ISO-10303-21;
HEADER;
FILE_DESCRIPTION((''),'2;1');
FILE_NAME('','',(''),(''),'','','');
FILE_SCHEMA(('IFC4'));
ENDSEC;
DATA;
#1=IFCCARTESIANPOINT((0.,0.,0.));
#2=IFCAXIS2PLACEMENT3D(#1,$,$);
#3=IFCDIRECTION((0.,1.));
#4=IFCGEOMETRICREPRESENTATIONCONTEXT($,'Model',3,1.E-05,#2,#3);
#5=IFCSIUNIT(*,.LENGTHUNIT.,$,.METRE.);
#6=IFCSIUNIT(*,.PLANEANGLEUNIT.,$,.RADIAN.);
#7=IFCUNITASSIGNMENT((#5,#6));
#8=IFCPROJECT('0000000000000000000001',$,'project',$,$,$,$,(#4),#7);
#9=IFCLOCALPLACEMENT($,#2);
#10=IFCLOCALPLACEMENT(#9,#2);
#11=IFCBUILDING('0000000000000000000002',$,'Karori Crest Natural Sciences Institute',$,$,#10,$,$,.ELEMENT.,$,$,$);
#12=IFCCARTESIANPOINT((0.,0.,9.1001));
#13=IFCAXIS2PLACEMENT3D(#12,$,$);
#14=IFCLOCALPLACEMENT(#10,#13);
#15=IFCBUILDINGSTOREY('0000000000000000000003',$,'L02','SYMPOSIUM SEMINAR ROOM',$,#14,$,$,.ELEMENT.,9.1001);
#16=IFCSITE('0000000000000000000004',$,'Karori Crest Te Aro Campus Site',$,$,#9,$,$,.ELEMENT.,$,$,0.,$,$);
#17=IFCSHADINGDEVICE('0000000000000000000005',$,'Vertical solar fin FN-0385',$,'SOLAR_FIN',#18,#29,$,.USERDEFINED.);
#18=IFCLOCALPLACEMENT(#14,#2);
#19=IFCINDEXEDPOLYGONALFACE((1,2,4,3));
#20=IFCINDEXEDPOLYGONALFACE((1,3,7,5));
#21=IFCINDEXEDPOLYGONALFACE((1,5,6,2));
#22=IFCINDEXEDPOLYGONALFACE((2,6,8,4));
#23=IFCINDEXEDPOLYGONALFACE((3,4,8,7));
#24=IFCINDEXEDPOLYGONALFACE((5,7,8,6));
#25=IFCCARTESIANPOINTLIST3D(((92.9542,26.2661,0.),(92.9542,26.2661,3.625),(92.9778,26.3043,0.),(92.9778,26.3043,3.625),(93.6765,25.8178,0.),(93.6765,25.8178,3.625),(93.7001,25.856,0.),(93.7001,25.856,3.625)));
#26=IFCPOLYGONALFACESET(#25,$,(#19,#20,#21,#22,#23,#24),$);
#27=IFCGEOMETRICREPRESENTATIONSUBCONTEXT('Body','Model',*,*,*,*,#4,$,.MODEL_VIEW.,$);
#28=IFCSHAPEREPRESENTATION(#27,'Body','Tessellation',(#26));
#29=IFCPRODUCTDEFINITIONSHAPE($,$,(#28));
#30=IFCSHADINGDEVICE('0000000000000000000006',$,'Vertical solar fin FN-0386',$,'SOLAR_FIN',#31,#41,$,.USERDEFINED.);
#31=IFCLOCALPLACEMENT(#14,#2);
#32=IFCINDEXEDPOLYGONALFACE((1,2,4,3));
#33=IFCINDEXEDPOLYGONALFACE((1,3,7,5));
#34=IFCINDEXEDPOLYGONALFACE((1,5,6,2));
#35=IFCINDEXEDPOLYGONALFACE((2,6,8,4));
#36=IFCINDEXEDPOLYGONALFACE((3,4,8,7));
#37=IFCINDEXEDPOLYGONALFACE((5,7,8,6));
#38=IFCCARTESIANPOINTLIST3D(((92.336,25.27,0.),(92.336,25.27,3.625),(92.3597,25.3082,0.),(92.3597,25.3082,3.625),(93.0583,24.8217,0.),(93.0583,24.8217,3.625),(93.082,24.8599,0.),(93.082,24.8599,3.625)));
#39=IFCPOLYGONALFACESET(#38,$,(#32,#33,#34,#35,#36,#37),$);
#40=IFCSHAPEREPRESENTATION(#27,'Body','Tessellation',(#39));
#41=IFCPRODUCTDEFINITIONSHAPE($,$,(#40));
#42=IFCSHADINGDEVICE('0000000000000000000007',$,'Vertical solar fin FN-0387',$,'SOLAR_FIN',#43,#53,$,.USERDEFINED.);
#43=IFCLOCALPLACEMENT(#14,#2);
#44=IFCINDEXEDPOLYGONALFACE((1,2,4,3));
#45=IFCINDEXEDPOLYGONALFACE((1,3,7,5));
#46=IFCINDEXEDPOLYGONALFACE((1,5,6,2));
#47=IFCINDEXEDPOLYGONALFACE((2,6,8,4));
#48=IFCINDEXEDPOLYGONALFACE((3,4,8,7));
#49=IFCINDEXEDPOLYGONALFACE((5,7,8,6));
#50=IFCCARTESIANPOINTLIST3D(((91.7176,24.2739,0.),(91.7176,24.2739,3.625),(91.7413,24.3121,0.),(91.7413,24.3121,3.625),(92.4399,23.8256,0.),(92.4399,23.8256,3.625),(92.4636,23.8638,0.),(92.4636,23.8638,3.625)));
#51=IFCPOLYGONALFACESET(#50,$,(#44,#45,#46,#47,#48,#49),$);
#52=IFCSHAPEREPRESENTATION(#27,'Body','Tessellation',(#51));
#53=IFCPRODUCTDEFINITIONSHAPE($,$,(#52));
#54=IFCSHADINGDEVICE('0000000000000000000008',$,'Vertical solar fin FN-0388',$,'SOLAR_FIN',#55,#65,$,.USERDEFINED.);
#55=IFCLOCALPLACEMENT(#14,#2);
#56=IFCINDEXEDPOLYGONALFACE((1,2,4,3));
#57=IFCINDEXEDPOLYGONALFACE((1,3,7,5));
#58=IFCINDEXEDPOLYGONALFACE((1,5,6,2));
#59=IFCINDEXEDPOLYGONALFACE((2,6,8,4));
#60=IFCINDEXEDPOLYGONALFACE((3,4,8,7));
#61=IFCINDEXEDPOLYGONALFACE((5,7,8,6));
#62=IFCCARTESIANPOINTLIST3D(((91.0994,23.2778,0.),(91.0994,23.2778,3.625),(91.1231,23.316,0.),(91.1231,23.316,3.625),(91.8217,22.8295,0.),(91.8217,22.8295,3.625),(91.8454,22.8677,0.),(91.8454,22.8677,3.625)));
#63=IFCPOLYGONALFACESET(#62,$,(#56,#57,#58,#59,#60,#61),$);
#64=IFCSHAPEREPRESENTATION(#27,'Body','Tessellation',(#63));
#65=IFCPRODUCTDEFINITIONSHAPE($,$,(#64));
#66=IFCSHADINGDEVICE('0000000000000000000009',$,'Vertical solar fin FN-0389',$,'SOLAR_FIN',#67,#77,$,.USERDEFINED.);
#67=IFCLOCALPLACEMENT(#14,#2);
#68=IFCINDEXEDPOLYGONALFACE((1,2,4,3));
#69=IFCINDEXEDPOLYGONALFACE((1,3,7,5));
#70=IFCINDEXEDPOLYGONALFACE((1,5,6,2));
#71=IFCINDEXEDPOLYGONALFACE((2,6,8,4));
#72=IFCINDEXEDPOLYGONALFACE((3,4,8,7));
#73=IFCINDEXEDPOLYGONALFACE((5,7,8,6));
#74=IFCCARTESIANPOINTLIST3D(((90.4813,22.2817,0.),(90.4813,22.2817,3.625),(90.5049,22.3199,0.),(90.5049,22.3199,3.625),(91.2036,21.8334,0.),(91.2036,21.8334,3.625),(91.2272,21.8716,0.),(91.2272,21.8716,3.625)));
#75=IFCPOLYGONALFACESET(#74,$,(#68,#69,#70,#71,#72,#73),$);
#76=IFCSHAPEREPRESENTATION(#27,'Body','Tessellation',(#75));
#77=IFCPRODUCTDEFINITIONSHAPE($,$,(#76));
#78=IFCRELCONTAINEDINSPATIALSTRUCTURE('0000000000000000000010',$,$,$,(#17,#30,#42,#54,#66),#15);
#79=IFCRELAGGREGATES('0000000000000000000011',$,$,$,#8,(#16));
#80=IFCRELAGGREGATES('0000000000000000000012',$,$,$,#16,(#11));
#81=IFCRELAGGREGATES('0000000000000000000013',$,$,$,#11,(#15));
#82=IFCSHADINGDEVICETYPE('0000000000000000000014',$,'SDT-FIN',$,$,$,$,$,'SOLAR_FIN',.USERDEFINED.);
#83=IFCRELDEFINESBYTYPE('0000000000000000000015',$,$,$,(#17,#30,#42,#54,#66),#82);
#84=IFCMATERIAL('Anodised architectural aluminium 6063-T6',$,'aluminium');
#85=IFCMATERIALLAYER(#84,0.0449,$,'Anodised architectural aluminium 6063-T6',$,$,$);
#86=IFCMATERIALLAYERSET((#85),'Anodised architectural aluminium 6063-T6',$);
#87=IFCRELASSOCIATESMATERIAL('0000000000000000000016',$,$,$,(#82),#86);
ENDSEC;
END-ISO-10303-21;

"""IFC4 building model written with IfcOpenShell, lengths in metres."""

from ifc_helpers import new_model, si_unit, direction, frame, origin, origin_2d, place, context, subcontext, project, spatial, rectangle, extrude, material, layer, layer_set, type_object, element, save


model = new_model("IFC4")

# Units and contexts
model_context = context("Model", 3, precision=1e-05, world=origin(), true_north=direction((0.0, 1.0)))
body_context = subcontext(model_context, "Body", "Model", "MODEL_VIEW")
ifc_project = project(units=[si_unit("LENGTHUNIT", "METRE"), si_unit("PLANEANGLEUNIT", "RADIAN")], contexts=[model_context])

# Site, building, storey
site_placement = place(None, origin())
site = spatial("IfcSite", under=ifc_project, at=site_placement, Name="Karori Crest Te Aro Campus Site", CompositionType="ELEMENT", RefElevation=0.0)
building_placement = place(site_placement, origin())
building = spatial("IfcBuilding", under=site, at=building_placement, Name="Karori Crest Natural Sciences Institute", CompositionType="ELEMENT")
storey_placement = place(building_placement, frame((0.0, 0.0, 9.1001)))
storey = spatial("IfcBuildingStorey", under=building, at=storey_placement, Name="L02", Description="SYMPOSIUM SEMINAR ROOM", CompositionType="ELEMENT", Elevation=9.1001)

# Shared definitions
ifc_material_1 = material(Name="Anodised architectural aluminium 6063-T6", Category="aluminium")

# Shading devices
ifc_layer_1 = layer(ifc_material_1, 0.0449, Name="Anodised architectural aluminium 6063-T6")
ifc_layer_set_1 = layer_set([ifc_layer_1], Name="Anodised architectural aluminium 6063-T6")
shading_device_type = type_object("IfcShadingDeviceType", Name="SDT-FIN", ElementType="SOLAR_FIN", PredefinedType="USERDEFINED", material=ifc_layer_set_1)
for number, where, z_axis, x_axis, name in (
    (1, (93.3271, 26.061, 0.0), (0.0, 0.0, 1.0), (0.849662, -0.527328, 0.0), "Vertical solar fin FN-0385"),
    (2, (92.709, 25.0649, 0.0), (0.0, 0.0, 1.0), (0.849662, -0.527328, 0.0), "Vertical solar fin FN-0386"),
    (3, (92.0906, 24.0688, 0.0), (0.0, 0.0, 1.0), (0.849662, -0.527328, 0.0), "Vertical solar fin FN-0387"),
    (4, (91.4724, 23.0728, 0.0), (0.0, 0.0, 1.0), (0.849662, -0.527328, 0.0), "Vertical solar fin FN-0388"),
    (5, (90.8542, 22.0767, 0.0), (0.0, 0.0, 1.0), (0.849662, -0.527328, 0.0), "Vertical solar fin FN-0389"),
):
    element("IfcShadingDevice", number, at=place(storey_placement, frame(where, z_axis=z_axis, x_axis=x_axis)), inside=storey, type_object=shading_device_type, Name=name, ObjectType="SOLAR_FIN", PredefinedType="USERDEFINED", context=body_context, shape_type="SweptSolid", body=[
        extrude(rectangle(XDim=0.8501, YDim=0.0449, at=origin_2d()), origin(), (0.0, 0.0, 1.0), 3.625),
    ])

save(model, "model.ifc")
